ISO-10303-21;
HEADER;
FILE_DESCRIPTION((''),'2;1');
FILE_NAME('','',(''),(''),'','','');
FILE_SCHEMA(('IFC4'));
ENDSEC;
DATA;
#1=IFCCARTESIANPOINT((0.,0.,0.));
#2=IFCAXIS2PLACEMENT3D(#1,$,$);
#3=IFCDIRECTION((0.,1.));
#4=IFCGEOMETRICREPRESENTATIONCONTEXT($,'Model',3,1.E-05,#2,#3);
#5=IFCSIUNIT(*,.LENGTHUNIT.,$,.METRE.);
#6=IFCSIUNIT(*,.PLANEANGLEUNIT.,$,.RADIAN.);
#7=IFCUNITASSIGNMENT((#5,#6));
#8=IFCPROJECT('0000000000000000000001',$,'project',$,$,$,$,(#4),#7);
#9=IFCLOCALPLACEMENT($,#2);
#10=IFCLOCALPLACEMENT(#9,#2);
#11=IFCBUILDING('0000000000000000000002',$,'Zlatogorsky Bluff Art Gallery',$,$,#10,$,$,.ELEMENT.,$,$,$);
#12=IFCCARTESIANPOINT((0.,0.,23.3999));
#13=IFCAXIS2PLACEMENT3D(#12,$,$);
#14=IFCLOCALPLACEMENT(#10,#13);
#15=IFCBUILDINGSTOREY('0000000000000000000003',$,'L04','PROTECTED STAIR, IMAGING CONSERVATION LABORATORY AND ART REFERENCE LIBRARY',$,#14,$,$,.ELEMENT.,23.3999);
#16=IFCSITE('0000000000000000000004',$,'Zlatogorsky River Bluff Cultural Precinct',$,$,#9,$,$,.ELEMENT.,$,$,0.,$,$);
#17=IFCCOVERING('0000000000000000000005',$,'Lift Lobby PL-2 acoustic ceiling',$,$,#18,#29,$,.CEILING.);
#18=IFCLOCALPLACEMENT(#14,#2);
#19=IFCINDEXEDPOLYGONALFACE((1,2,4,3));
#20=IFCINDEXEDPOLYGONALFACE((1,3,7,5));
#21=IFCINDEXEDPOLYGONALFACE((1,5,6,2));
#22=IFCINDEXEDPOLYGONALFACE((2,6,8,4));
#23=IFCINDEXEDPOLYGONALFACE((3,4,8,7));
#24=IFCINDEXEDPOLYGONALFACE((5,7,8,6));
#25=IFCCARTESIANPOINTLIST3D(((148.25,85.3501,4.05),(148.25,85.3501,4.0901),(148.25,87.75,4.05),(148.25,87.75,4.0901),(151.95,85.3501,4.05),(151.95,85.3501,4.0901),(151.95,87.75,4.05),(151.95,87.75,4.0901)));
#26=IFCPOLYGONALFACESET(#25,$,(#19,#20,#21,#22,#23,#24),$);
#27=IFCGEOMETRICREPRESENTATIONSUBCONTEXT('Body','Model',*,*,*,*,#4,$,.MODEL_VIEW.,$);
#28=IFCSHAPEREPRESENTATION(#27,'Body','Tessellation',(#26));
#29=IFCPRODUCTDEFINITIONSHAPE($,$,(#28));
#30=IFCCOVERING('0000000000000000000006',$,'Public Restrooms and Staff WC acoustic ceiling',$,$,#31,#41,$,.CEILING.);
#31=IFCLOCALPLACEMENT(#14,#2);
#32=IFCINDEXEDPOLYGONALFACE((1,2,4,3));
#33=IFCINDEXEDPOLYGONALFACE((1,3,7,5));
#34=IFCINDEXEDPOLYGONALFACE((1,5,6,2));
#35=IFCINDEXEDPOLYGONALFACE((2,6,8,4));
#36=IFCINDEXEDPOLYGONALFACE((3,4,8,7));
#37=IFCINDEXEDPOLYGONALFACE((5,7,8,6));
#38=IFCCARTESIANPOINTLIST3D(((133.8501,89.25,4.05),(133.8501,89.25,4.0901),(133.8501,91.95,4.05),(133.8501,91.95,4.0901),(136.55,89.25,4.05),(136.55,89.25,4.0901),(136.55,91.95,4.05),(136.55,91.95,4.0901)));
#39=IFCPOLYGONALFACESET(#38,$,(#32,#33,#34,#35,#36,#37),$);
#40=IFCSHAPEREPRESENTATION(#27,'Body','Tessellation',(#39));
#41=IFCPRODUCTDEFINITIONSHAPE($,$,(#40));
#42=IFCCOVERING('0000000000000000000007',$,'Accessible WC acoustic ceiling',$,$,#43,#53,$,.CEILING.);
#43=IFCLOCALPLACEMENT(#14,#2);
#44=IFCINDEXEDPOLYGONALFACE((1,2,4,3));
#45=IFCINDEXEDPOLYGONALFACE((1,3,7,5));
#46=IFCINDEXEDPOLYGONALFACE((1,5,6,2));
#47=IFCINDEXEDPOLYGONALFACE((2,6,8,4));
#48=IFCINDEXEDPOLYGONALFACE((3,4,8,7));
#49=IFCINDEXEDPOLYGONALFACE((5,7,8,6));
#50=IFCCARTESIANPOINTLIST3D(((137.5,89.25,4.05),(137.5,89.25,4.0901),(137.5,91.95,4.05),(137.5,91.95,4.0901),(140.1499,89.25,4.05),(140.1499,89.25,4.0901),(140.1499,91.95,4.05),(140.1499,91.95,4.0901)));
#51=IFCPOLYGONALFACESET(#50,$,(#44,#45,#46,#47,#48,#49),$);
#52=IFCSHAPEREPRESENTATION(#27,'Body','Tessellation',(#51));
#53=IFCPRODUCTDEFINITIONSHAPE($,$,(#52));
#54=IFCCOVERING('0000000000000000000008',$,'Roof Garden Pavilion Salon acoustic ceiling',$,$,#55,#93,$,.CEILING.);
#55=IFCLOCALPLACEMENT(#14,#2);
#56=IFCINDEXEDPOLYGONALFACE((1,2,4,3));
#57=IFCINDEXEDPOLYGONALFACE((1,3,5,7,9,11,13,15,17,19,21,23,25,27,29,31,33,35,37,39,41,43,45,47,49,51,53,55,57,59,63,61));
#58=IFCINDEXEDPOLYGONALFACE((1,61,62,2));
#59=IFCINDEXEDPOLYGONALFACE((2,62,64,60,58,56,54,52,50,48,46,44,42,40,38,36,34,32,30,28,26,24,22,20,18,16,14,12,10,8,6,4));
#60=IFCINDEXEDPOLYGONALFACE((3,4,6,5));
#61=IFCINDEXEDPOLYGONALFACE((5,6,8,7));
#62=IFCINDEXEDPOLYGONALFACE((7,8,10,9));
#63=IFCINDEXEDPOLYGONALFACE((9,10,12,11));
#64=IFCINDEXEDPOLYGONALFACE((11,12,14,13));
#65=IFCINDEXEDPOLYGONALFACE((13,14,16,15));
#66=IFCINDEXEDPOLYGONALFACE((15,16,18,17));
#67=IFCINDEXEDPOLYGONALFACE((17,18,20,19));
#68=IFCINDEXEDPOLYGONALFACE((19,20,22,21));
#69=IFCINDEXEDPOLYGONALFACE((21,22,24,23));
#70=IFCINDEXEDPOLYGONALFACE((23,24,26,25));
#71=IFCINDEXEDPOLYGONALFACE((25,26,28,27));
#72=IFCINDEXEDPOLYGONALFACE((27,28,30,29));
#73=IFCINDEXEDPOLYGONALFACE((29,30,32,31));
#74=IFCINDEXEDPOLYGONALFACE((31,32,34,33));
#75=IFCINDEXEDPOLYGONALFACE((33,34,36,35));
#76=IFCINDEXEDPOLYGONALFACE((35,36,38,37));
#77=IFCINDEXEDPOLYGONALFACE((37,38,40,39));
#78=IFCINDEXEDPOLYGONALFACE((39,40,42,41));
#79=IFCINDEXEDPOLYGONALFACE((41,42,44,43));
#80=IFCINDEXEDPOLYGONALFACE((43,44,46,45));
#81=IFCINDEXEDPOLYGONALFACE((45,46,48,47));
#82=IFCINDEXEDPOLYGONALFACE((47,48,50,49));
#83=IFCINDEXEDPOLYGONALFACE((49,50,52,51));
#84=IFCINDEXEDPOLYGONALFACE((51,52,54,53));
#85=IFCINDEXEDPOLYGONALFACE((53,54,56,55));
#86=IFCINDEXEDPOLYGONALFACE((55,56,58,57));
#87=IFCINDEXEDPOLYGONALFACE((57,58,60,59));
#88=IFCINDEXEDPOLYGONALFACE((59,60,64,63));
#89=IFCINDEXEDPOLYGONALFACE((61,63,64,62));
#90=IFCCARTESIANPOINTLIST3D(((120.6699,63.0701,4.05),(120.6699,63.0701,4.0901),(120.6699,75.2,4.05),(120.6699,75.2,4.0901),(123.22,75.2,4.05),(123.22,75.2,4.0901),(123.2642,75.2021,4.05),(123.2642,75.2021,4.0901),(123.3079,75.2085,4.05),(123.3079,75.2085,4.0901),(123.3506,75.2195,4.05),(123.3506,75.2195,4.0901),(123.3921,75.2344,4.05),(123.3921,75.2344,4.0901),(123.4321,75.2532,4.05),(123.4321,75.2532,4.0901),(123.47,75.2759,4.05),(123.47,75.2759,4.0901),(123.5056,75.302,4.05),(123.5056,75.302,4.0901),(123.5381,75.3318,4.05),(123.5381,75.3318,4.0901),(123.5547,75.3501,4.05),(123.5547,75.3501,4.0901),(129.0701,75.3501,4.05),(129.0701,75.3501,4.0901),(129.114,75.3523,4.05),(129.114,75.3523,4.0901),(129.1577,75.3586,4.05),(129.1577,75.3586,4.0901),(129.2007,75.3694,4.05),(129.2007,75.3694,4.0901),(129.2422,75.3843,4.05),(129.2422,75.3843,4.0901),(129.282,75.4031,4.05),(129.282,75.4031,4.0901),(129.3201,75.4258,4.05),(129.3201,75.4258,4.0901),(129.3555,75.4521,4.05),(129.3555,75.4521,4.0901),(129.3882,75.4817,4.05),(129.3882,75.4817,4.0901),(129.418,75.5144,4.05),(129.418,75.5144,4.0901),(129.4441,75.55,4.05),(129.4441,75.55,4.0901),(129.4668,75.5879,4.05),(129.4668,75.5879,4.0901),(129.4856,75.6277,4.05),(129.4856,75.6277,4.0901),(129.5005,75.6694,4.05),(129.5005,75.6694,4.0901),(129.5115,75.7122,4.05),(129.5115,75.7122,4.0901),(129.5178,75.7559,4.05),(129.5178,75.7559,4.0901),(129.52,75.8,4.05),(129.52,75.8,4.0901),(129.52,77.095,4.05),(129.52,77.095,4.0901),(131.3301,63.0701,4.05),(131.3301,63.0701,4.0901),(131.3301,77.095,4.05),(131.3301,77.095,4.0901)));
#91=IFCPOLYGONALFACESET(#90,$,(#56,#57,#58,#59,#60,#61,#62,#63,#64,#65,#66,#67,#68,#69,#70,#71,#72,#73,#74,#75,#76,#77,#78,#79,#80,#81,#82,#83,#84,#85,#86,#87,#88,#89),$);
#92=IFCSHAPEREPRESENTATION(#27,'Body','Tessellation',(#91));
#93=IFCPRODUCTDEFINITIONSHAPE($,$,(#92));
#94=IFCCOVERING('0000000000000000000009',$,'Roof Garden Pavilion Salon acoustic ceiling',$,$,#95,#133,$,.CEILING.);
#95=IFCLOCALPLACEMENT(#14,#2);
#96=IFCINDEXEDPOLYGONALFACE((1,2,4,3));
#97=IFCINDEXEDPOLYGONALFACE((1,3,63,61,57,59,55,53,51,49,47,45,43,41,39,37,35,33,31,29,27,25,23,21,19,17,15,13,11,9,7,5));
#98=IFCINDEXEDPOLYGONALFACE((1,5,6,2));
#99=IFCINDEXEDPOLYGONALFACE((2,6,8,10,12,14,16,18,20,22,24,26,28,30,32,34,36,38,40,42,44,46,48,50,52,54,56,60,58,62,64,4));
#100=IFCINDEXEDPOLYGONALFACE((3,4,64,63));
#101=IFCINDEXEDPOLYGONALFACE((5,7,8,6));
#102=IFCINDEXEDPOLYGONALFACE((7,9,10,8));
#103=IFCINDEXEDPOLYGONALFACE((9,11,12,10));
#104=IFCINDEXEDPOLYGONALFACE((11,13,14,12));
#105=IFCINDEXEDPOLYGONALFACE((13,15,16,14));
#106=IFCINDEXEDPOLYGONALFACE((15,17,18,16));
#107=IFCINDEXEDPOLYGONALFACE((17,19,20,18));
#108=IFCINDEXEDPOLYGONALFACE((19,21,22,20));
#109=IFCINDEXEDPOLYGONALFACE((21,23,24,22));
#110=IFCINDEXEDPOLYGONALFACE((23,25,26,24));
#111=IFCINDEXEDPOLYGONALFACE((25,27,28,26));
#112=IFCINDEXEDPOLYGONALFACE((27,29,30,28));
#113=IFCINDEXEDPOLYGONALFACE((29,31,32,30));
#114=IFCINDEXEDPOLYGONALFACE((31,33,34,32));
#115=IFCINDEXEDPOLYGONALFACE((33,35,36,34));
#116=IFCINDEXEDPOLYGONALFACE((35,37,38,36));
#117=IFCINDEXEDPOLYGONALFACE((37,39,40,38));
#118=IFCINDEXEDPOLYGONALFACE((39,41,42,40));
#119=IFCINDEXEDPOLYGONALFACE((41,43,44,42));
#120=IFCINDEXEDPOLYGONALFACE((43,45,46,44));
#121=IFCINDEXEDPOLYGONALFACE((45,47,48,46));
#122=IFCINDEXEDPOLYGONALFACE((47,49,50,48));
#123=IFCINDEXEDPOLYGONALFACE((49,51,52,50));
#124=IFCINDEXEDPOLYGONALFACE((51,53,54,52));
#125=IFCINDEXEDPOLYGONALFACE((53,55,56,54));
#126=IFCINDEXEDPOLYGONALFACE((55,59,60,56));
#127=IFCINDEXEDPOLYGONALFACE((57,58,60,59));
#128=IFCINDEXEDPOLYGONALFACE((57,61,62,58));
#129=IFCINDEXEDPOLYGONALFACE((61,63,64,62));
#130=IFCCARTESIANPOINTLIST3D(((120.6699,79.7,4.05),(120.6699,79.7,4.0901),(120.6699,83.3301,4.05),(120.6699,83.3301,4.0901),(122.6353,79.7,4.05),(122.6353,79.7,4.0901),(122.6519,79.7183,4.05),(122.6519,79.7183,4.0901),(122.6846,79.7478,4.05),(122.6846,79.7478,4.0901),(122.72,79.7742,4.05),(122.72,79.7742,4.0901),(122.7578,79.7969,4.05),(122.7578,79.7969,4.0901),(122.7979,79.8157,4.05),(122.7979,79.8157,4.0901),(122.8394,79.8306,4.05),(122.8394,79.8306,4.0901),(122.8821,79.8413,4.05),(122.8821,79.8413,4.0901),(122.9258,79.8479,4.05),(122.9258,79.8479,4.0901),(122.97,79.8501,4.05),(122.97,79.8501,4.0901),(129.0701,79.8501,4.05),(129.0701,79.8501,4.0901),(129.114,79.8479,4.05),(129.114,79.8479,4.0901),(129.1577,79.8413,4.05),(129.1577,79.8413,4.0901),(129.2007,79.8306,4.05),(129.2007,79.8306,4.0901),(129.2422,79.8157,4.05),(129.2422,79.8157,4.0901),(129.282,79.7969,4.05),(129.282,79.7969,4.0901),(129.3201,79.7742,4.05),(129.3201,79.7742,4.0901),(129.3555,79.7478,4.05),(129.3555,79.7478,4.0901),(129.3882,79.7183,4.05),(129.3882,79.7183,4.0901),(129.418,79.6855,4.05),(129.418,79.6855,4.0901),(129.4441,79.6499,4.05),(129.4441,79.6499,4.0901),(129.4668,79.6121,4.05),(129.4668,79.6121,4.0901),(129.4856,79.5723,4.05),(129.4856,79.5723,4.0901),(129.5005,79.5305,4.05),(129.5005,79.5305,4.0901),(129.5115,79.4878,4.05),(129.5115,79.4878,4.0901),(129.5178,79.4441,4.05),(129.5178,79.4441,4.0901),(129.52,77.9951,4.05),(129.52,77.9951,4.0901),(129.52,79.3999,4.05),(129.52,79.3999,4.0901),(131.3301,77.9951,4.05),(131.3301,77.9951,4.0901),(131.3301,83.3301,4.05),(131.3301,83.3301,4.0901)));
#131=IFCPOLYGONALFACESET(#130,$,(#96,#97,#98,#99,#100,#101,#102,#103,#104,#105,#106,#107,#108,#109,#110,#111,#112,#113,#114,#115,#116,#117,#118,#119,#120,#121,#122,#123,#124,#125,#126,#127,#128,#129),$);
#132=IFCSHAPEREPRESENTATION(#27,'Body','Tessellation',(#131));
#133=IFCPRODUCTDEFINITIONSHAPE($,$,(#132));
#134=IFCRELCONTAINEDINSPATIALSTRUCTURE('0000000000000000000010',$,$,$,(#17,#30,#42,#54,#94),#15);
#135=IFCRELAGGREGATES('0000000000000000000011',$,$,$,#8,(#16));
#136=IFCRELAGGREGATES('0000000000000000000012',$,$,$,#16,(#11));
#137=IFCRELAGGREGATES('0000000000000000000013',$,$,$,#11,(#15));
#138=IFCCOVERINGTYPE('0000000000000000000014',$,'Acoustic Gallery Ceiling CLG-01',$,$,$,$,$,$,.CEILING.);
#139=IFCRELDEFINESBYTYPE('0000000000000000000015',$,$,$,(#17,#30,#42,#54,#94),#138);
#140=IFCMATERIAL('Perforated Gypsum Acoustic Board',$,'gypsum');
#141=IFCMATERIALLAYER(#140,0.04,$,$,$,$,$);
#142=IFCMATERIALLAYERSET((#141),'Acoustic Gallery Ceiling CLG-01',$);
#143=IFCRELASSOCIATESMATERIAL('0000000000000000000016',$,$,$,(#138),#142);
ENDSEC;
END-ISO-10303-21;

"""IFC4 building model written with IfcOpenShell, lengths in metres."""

from ifc_helpers import new_model, si_unit, direction, frame, origin, place, context, subcontext, project, spatial, polyline, outline, extrude, material, layer, layer_set, type_object, element, save


model = new_model("IFC4")

# Units and contexts
model_context = context("Model", 3, precision=1e-05, world=origin(), true_north=direction((0.0, 1.0)))
body_context = subcontext(model_context, "Body", "Model", "MODEL_VIEW")
ifc_project = project(units=[si_unit("LENGTHUNIT", "METRE"), si_unit("PLANEANGLEUNIT", "RADIAN")], contexts=[model_context])

# Site, building, storey
site_placement = place(None, origin())
site = spatial("IfcSite", under=ifc_project, at=site_placement, Name="Zlatogorsky River Bluff Cultural Precinct", CompositionType="ELEMENT", RefElevation=0.0)
building_placement = place(site_placement, origin())
building = spatial("IfcBuilding", under=site, at=building_placement, Name="Zlatogorsky Bluff Art Gallery", CompositionType="ELEMENT")
storey_placement = place(building_placement, frame((0.0, 0.0, 23.3999)))
storey = spatial("IfcBuildingStorey", under=building, at=storey_placement, Name="L04", Description="PROTECTED STAIR, IMAGING CONSERVATION LABORATORY AND ART REFERENCE LIBRARY", CompositionType="ELEMENT", Elevation=23.3999)

# Coverings
ifc_material_1 = material(Name="Perforated Gypsum Acoustic Board", Category="gypsum")
ifc_layer_1 = layer(ifc_material_1, 0.04)
ifc_layer_set_1 = layer_set([ifc_layer_1], Name="Acoustic Gallery Ceiling CLG-01")
covering_type_1 = type_object("IfcCoveringType", Name="Acoustic Gallery Ceiling CLG-01", PredefinedType="CEILING", material=ifc_layer_set_1)
covering_1_placement = place(storey_placement, frame((0.0, 0.0, 4.05)))
element("IfcCovering", 1, at=covering_1_placement, inside=storey, type_object=covering_type_1, Name="Lift Lobby PL-2 acoustic ceiling", PredefinedType="CEILING", context=body_context, shape_type="SweptSolid", body=[
    extrude(outline(polyline([(151.95, 87.75), (151.95, 85.3501), (148.25, 85.3501), (148.25, 87.75), (151.95, 87.75)])), origin(), (0.0, 0.0, 1.0), 0.04),
])
covering_2_placement = place(storey_placement, frame((0.0, 0.0, 4.05)))
element("IfcCovering", 2, at=covering_2_placement, inside=storey, type_object=covering_type_1, Name="Public Restrooms and Staff WC acoustic ceiling", PredefinedType="CEILING", context=body_context, shape_type="SweptSolid", body=[
    extrude(outline(polyline([(136.55, 91.95), (136.55, 89.25), (133.8501, 89.25), (133.8501, 91.95), (136.55, 91.95)])), origin(), (0.0, 0.0, 1.0), 0.04),
])
covering_3_placement = place(storey_placement, frame((0.0, 0.0, 4.05)))
element("IfcCovering", 3, at=covering_3_placement, inside=storey, type_object=covering_type_1, Name="Accessible WC acoustic ceiling", PredefinedType="CEILING", context=body_context, shape_type="SweptSolid", body=[
    extrude(outline(polyline([(140.1499, 89.25), (137.5, 89.25), (137.5, 91.95), (140.1499, 91.95), (140.1499, 89.25)])), origin(), (0.0, 0.0, 1.0), 0.04),
])
covering_4_placement = place(storey_placement, frame((0.0, 0.0, 4.05)))
element("IfcCovering", 4, at=covering_4_placement, inside=storey, type_object=covering_type_1, Name="Roof Garden Pavilion Salon acoustic ceiling", PredefinedType="CEILING", context=body_context, shape_type="SweptSolid", body=[
    extrude(outline(polyline([(123.22, 75.2), (123.2642, 75.2021), (123.3079, 75.2085), (123.3506, 75.2195), (123.3921, 75.2344), (123.4321, 75.2532), (123.47, 75.2759), (123.5056, 75.302), (123.5381, 75.3318), (123.5547, 75.3501), (129.0701, 75.3501), (129.114, 75.3523), (129.1577, 75.3586), (129.2007, 75.3694), (129.2422, 75.3843), (129.282, 75.4031), (129.3201, 75.4258), (129.3555, 75.4521), (129.3882, 75.4817), (129.418, 75.5144), (129.4441, 75.55), (129.4668, 75.5879), (129.4856, 75.6277), (129.5005, 75.6694), (129.5115, 75.7122), (129.5178, 75.7559), (129.52, 75.8), (129.52, 77.095), (131.3301, 77.095), (131.3301, 63.0701), (120.6699, 63.0701), (120.6699, 75.2), (123.22, 75.2)])), origin(), (0.0, 0.0, 1.0), 0.04),
])
covering_5_placement = place(storey_placement, frame((0.0, 0.0, 4.05)))
element("IfcCovering", 5, at=covering_5_placement, inside=storey, type_object=covering_type_1, Name="Roof Garden Pavilion Salon acoustic ceiling", PredefinedType="CEILING", context=body_context, shape_type="SweptSolid", body=[
    extrude(outline(polyline([(120.6699, 83.3301), (131.3301, 83.3301), (131.3301, 77.9951), (129.52, 77.9951), (129.52, 79.3999), (129.5178, 79.4441), (129.5115, 79.4878), (129.5005, 79.5305), (129.4856, 79.5723), (129.4668, 79.6121), (129.4441, 79.6499), (129.418, 79.6855), (129.3882, 79.7183), (129.3555, 79.7478), (129.3201, 79.7742), (129.282, 79.7969), (129.2422, 79.8157), (129.2007, 79.8306), (129.1577, 79.8413), (129.114, 79.8479), (129.0701, 79.8501), (122.97, 79.8501), (122.9258, 79.8479), (122.8821, 79.8413), (122.8394, 79.8306), (122.7979, 79.8157), (122.7578, 79.7969), (122.72, 79.7742), (122.6846, 79.7478), (122.6519, 79.7183), (122.6353, 79.7), (120.6699, 79.7), (120.6699, 83.3301)])), origin(), (0.0, 0.0, 1.0), 0.04),
])

save(model, "model.ifc")
